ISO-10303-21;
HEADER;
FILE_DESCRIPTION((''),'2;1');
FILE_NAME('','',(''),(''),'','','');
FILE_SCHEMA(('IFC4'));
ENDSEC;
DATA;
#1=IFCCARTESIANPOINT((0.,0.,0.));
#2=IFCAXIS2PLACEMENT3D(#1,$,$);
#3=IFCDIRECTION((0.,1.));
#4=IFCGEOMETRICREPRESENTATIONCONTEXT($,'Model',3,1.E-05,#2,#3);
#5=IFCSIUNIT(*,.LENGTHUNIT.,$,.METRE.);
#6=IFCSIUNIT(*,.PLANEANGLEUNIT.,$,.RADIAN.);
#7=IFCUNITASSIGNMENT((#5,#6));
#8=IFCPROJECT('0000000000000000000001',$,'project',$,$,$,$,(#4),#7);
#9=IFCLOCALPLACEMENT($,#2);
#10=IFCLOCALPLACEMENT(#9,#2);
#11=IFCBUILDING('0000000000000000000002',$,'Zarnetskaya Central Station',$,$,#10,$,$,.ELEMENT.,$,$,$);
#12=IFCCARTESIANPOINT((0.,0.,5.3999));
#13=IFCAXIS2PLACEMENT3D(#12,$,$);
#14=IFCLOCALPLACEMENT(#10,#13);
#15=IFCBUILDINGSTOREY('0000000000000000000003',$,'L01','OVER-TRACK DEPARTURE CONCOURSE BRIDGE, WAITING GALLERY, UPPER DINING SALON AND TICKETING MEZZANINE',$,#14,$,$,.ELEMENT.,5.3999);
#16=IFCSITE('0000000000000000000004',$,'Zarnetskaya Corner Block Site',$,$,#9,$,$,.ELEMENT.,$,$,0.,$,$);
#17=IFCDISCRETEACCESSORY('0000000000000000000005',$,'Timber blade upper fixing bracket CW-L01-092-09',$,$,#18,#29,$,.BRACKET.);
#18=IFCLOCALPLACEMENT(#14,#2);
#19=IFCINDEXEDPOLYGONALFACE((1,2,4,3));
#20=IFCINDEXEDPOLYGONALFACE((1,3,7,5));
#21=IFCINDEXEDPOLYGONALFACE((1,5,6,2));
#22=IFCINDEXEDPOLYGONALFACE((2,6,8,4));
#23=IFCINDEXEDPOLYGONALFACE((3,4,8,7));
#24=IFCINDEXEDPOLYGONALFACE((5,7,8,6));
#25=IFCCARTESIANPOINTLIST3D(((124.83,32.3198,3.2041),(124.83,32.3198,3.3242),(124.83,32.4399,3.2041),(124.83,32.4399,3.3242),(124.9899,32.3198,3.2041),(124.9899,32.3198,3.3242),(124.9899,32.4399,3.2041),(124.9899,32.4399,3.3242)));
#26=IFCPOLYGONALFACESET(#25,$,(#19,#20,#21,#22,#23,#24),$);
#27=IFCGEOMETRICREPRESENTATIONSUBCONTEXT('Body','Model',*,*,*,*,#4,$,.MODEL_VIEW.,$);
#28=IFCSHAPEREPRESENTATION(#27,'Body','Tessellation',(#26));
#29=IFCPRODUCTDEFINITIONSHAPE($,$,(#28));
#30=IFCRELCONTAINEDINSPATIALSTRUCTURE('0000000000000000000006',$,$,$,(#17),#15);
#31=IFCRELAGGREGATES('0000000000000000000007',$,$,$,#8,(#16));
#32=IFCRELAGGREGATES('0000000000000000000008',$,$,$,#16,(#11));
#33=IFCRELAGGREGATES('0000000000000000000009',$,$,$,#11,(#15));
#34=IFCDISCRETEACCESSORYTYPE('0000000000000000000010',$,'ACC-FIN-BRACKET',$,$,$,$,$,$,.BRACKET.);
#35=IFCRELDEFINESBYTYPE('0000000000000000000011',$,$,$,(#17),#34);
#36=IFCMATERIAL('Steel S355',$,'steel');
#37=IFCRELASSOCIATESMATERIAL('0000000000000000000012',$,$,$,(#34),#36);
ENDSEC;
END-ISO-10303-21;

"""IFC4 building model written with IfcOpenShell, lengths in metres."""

from ifc_helpers import new_model, si_unit, direction, frame, origin, origin_2d, place, context, subcontext, project, spatial, rectangle, extrude, material, type_object, element, save


model = new_model("IFC4")

# Units and contexts
model_context = context("Model", 3, precision=1e-05, world=origin(), true_north=direction((0.0, 1.0)))
body_context = subcontext(model_context, "Body", "Model", "MODEL_VIEW")
ifc_project = project(units=[si_unit("LENGTHUNIT", "METRE"), si_unit("PLANEANGLEUNIT", "RADIAN")], contexts=[model_context])

# Site, building, storey
site_placement = place(None, origin())
site = spatial("IfcSite", under=ifc_project, at=site_placement, Name="Zarnetskaya Corner Block Site", CompositionType="ELEMENT", RefElevation=0.0)
building_placement = place(site_placement, origin())
building = spatial("IfcBuilding", under=site, at=building_placement, Name="Zarnetskaya Central Station", CompositionType="ELEMENT")
storey_placement = place(building_placement, frame((0.0, 0.0, 5.3999)))
storey = spatial("IfcBuildingStorey", under=building, at=storey_placement, Name="L01", Description="OVER-TRACK DEPARTURE CONCOURSE BRIDGE, WAITING GALLERY, UPPER DINING SALON AND TICKETING MEZZANINE", CompositionType="ELEMENT", Elevation=5.3999)

# Shared definitions
ifc_material_1 = material(Name="Steel S355", Category="steel")

# Discrete accessory
discrete_accessory_type = type_object("IfcDiscreteAccessoryType", Name="ACC-FIN-BRACKET", PredefinedType="BRACKET", material=ifc_material_1)
for number, where, z_axis, x_axis, name in (
    (1, (124.9099, 32.3799, 3.2041), (0.0, 0.0, 1.0), (0.0, -1.0, 0.0), "Timber blade upper fixing bracket CW-L01-092-09"),
):
    element("IfcDiscreteAccessory", number, at=place(storey_placement, frame(where, z_axis=z_axis, x_axis=x_axis)), inside=storey, type_object=discrete_accessory_type, Name=name, PredefinedType="BRACKET", context=body_context, shape_type="SweptSolid", body=[
        extrude(rectangle(XDim=0.1201, YDim=0.1599, at=origin_2d()), origin(), (0.0, 0.0, 1.0), 0.1201),
    ])

save(model, "model.ifc")
